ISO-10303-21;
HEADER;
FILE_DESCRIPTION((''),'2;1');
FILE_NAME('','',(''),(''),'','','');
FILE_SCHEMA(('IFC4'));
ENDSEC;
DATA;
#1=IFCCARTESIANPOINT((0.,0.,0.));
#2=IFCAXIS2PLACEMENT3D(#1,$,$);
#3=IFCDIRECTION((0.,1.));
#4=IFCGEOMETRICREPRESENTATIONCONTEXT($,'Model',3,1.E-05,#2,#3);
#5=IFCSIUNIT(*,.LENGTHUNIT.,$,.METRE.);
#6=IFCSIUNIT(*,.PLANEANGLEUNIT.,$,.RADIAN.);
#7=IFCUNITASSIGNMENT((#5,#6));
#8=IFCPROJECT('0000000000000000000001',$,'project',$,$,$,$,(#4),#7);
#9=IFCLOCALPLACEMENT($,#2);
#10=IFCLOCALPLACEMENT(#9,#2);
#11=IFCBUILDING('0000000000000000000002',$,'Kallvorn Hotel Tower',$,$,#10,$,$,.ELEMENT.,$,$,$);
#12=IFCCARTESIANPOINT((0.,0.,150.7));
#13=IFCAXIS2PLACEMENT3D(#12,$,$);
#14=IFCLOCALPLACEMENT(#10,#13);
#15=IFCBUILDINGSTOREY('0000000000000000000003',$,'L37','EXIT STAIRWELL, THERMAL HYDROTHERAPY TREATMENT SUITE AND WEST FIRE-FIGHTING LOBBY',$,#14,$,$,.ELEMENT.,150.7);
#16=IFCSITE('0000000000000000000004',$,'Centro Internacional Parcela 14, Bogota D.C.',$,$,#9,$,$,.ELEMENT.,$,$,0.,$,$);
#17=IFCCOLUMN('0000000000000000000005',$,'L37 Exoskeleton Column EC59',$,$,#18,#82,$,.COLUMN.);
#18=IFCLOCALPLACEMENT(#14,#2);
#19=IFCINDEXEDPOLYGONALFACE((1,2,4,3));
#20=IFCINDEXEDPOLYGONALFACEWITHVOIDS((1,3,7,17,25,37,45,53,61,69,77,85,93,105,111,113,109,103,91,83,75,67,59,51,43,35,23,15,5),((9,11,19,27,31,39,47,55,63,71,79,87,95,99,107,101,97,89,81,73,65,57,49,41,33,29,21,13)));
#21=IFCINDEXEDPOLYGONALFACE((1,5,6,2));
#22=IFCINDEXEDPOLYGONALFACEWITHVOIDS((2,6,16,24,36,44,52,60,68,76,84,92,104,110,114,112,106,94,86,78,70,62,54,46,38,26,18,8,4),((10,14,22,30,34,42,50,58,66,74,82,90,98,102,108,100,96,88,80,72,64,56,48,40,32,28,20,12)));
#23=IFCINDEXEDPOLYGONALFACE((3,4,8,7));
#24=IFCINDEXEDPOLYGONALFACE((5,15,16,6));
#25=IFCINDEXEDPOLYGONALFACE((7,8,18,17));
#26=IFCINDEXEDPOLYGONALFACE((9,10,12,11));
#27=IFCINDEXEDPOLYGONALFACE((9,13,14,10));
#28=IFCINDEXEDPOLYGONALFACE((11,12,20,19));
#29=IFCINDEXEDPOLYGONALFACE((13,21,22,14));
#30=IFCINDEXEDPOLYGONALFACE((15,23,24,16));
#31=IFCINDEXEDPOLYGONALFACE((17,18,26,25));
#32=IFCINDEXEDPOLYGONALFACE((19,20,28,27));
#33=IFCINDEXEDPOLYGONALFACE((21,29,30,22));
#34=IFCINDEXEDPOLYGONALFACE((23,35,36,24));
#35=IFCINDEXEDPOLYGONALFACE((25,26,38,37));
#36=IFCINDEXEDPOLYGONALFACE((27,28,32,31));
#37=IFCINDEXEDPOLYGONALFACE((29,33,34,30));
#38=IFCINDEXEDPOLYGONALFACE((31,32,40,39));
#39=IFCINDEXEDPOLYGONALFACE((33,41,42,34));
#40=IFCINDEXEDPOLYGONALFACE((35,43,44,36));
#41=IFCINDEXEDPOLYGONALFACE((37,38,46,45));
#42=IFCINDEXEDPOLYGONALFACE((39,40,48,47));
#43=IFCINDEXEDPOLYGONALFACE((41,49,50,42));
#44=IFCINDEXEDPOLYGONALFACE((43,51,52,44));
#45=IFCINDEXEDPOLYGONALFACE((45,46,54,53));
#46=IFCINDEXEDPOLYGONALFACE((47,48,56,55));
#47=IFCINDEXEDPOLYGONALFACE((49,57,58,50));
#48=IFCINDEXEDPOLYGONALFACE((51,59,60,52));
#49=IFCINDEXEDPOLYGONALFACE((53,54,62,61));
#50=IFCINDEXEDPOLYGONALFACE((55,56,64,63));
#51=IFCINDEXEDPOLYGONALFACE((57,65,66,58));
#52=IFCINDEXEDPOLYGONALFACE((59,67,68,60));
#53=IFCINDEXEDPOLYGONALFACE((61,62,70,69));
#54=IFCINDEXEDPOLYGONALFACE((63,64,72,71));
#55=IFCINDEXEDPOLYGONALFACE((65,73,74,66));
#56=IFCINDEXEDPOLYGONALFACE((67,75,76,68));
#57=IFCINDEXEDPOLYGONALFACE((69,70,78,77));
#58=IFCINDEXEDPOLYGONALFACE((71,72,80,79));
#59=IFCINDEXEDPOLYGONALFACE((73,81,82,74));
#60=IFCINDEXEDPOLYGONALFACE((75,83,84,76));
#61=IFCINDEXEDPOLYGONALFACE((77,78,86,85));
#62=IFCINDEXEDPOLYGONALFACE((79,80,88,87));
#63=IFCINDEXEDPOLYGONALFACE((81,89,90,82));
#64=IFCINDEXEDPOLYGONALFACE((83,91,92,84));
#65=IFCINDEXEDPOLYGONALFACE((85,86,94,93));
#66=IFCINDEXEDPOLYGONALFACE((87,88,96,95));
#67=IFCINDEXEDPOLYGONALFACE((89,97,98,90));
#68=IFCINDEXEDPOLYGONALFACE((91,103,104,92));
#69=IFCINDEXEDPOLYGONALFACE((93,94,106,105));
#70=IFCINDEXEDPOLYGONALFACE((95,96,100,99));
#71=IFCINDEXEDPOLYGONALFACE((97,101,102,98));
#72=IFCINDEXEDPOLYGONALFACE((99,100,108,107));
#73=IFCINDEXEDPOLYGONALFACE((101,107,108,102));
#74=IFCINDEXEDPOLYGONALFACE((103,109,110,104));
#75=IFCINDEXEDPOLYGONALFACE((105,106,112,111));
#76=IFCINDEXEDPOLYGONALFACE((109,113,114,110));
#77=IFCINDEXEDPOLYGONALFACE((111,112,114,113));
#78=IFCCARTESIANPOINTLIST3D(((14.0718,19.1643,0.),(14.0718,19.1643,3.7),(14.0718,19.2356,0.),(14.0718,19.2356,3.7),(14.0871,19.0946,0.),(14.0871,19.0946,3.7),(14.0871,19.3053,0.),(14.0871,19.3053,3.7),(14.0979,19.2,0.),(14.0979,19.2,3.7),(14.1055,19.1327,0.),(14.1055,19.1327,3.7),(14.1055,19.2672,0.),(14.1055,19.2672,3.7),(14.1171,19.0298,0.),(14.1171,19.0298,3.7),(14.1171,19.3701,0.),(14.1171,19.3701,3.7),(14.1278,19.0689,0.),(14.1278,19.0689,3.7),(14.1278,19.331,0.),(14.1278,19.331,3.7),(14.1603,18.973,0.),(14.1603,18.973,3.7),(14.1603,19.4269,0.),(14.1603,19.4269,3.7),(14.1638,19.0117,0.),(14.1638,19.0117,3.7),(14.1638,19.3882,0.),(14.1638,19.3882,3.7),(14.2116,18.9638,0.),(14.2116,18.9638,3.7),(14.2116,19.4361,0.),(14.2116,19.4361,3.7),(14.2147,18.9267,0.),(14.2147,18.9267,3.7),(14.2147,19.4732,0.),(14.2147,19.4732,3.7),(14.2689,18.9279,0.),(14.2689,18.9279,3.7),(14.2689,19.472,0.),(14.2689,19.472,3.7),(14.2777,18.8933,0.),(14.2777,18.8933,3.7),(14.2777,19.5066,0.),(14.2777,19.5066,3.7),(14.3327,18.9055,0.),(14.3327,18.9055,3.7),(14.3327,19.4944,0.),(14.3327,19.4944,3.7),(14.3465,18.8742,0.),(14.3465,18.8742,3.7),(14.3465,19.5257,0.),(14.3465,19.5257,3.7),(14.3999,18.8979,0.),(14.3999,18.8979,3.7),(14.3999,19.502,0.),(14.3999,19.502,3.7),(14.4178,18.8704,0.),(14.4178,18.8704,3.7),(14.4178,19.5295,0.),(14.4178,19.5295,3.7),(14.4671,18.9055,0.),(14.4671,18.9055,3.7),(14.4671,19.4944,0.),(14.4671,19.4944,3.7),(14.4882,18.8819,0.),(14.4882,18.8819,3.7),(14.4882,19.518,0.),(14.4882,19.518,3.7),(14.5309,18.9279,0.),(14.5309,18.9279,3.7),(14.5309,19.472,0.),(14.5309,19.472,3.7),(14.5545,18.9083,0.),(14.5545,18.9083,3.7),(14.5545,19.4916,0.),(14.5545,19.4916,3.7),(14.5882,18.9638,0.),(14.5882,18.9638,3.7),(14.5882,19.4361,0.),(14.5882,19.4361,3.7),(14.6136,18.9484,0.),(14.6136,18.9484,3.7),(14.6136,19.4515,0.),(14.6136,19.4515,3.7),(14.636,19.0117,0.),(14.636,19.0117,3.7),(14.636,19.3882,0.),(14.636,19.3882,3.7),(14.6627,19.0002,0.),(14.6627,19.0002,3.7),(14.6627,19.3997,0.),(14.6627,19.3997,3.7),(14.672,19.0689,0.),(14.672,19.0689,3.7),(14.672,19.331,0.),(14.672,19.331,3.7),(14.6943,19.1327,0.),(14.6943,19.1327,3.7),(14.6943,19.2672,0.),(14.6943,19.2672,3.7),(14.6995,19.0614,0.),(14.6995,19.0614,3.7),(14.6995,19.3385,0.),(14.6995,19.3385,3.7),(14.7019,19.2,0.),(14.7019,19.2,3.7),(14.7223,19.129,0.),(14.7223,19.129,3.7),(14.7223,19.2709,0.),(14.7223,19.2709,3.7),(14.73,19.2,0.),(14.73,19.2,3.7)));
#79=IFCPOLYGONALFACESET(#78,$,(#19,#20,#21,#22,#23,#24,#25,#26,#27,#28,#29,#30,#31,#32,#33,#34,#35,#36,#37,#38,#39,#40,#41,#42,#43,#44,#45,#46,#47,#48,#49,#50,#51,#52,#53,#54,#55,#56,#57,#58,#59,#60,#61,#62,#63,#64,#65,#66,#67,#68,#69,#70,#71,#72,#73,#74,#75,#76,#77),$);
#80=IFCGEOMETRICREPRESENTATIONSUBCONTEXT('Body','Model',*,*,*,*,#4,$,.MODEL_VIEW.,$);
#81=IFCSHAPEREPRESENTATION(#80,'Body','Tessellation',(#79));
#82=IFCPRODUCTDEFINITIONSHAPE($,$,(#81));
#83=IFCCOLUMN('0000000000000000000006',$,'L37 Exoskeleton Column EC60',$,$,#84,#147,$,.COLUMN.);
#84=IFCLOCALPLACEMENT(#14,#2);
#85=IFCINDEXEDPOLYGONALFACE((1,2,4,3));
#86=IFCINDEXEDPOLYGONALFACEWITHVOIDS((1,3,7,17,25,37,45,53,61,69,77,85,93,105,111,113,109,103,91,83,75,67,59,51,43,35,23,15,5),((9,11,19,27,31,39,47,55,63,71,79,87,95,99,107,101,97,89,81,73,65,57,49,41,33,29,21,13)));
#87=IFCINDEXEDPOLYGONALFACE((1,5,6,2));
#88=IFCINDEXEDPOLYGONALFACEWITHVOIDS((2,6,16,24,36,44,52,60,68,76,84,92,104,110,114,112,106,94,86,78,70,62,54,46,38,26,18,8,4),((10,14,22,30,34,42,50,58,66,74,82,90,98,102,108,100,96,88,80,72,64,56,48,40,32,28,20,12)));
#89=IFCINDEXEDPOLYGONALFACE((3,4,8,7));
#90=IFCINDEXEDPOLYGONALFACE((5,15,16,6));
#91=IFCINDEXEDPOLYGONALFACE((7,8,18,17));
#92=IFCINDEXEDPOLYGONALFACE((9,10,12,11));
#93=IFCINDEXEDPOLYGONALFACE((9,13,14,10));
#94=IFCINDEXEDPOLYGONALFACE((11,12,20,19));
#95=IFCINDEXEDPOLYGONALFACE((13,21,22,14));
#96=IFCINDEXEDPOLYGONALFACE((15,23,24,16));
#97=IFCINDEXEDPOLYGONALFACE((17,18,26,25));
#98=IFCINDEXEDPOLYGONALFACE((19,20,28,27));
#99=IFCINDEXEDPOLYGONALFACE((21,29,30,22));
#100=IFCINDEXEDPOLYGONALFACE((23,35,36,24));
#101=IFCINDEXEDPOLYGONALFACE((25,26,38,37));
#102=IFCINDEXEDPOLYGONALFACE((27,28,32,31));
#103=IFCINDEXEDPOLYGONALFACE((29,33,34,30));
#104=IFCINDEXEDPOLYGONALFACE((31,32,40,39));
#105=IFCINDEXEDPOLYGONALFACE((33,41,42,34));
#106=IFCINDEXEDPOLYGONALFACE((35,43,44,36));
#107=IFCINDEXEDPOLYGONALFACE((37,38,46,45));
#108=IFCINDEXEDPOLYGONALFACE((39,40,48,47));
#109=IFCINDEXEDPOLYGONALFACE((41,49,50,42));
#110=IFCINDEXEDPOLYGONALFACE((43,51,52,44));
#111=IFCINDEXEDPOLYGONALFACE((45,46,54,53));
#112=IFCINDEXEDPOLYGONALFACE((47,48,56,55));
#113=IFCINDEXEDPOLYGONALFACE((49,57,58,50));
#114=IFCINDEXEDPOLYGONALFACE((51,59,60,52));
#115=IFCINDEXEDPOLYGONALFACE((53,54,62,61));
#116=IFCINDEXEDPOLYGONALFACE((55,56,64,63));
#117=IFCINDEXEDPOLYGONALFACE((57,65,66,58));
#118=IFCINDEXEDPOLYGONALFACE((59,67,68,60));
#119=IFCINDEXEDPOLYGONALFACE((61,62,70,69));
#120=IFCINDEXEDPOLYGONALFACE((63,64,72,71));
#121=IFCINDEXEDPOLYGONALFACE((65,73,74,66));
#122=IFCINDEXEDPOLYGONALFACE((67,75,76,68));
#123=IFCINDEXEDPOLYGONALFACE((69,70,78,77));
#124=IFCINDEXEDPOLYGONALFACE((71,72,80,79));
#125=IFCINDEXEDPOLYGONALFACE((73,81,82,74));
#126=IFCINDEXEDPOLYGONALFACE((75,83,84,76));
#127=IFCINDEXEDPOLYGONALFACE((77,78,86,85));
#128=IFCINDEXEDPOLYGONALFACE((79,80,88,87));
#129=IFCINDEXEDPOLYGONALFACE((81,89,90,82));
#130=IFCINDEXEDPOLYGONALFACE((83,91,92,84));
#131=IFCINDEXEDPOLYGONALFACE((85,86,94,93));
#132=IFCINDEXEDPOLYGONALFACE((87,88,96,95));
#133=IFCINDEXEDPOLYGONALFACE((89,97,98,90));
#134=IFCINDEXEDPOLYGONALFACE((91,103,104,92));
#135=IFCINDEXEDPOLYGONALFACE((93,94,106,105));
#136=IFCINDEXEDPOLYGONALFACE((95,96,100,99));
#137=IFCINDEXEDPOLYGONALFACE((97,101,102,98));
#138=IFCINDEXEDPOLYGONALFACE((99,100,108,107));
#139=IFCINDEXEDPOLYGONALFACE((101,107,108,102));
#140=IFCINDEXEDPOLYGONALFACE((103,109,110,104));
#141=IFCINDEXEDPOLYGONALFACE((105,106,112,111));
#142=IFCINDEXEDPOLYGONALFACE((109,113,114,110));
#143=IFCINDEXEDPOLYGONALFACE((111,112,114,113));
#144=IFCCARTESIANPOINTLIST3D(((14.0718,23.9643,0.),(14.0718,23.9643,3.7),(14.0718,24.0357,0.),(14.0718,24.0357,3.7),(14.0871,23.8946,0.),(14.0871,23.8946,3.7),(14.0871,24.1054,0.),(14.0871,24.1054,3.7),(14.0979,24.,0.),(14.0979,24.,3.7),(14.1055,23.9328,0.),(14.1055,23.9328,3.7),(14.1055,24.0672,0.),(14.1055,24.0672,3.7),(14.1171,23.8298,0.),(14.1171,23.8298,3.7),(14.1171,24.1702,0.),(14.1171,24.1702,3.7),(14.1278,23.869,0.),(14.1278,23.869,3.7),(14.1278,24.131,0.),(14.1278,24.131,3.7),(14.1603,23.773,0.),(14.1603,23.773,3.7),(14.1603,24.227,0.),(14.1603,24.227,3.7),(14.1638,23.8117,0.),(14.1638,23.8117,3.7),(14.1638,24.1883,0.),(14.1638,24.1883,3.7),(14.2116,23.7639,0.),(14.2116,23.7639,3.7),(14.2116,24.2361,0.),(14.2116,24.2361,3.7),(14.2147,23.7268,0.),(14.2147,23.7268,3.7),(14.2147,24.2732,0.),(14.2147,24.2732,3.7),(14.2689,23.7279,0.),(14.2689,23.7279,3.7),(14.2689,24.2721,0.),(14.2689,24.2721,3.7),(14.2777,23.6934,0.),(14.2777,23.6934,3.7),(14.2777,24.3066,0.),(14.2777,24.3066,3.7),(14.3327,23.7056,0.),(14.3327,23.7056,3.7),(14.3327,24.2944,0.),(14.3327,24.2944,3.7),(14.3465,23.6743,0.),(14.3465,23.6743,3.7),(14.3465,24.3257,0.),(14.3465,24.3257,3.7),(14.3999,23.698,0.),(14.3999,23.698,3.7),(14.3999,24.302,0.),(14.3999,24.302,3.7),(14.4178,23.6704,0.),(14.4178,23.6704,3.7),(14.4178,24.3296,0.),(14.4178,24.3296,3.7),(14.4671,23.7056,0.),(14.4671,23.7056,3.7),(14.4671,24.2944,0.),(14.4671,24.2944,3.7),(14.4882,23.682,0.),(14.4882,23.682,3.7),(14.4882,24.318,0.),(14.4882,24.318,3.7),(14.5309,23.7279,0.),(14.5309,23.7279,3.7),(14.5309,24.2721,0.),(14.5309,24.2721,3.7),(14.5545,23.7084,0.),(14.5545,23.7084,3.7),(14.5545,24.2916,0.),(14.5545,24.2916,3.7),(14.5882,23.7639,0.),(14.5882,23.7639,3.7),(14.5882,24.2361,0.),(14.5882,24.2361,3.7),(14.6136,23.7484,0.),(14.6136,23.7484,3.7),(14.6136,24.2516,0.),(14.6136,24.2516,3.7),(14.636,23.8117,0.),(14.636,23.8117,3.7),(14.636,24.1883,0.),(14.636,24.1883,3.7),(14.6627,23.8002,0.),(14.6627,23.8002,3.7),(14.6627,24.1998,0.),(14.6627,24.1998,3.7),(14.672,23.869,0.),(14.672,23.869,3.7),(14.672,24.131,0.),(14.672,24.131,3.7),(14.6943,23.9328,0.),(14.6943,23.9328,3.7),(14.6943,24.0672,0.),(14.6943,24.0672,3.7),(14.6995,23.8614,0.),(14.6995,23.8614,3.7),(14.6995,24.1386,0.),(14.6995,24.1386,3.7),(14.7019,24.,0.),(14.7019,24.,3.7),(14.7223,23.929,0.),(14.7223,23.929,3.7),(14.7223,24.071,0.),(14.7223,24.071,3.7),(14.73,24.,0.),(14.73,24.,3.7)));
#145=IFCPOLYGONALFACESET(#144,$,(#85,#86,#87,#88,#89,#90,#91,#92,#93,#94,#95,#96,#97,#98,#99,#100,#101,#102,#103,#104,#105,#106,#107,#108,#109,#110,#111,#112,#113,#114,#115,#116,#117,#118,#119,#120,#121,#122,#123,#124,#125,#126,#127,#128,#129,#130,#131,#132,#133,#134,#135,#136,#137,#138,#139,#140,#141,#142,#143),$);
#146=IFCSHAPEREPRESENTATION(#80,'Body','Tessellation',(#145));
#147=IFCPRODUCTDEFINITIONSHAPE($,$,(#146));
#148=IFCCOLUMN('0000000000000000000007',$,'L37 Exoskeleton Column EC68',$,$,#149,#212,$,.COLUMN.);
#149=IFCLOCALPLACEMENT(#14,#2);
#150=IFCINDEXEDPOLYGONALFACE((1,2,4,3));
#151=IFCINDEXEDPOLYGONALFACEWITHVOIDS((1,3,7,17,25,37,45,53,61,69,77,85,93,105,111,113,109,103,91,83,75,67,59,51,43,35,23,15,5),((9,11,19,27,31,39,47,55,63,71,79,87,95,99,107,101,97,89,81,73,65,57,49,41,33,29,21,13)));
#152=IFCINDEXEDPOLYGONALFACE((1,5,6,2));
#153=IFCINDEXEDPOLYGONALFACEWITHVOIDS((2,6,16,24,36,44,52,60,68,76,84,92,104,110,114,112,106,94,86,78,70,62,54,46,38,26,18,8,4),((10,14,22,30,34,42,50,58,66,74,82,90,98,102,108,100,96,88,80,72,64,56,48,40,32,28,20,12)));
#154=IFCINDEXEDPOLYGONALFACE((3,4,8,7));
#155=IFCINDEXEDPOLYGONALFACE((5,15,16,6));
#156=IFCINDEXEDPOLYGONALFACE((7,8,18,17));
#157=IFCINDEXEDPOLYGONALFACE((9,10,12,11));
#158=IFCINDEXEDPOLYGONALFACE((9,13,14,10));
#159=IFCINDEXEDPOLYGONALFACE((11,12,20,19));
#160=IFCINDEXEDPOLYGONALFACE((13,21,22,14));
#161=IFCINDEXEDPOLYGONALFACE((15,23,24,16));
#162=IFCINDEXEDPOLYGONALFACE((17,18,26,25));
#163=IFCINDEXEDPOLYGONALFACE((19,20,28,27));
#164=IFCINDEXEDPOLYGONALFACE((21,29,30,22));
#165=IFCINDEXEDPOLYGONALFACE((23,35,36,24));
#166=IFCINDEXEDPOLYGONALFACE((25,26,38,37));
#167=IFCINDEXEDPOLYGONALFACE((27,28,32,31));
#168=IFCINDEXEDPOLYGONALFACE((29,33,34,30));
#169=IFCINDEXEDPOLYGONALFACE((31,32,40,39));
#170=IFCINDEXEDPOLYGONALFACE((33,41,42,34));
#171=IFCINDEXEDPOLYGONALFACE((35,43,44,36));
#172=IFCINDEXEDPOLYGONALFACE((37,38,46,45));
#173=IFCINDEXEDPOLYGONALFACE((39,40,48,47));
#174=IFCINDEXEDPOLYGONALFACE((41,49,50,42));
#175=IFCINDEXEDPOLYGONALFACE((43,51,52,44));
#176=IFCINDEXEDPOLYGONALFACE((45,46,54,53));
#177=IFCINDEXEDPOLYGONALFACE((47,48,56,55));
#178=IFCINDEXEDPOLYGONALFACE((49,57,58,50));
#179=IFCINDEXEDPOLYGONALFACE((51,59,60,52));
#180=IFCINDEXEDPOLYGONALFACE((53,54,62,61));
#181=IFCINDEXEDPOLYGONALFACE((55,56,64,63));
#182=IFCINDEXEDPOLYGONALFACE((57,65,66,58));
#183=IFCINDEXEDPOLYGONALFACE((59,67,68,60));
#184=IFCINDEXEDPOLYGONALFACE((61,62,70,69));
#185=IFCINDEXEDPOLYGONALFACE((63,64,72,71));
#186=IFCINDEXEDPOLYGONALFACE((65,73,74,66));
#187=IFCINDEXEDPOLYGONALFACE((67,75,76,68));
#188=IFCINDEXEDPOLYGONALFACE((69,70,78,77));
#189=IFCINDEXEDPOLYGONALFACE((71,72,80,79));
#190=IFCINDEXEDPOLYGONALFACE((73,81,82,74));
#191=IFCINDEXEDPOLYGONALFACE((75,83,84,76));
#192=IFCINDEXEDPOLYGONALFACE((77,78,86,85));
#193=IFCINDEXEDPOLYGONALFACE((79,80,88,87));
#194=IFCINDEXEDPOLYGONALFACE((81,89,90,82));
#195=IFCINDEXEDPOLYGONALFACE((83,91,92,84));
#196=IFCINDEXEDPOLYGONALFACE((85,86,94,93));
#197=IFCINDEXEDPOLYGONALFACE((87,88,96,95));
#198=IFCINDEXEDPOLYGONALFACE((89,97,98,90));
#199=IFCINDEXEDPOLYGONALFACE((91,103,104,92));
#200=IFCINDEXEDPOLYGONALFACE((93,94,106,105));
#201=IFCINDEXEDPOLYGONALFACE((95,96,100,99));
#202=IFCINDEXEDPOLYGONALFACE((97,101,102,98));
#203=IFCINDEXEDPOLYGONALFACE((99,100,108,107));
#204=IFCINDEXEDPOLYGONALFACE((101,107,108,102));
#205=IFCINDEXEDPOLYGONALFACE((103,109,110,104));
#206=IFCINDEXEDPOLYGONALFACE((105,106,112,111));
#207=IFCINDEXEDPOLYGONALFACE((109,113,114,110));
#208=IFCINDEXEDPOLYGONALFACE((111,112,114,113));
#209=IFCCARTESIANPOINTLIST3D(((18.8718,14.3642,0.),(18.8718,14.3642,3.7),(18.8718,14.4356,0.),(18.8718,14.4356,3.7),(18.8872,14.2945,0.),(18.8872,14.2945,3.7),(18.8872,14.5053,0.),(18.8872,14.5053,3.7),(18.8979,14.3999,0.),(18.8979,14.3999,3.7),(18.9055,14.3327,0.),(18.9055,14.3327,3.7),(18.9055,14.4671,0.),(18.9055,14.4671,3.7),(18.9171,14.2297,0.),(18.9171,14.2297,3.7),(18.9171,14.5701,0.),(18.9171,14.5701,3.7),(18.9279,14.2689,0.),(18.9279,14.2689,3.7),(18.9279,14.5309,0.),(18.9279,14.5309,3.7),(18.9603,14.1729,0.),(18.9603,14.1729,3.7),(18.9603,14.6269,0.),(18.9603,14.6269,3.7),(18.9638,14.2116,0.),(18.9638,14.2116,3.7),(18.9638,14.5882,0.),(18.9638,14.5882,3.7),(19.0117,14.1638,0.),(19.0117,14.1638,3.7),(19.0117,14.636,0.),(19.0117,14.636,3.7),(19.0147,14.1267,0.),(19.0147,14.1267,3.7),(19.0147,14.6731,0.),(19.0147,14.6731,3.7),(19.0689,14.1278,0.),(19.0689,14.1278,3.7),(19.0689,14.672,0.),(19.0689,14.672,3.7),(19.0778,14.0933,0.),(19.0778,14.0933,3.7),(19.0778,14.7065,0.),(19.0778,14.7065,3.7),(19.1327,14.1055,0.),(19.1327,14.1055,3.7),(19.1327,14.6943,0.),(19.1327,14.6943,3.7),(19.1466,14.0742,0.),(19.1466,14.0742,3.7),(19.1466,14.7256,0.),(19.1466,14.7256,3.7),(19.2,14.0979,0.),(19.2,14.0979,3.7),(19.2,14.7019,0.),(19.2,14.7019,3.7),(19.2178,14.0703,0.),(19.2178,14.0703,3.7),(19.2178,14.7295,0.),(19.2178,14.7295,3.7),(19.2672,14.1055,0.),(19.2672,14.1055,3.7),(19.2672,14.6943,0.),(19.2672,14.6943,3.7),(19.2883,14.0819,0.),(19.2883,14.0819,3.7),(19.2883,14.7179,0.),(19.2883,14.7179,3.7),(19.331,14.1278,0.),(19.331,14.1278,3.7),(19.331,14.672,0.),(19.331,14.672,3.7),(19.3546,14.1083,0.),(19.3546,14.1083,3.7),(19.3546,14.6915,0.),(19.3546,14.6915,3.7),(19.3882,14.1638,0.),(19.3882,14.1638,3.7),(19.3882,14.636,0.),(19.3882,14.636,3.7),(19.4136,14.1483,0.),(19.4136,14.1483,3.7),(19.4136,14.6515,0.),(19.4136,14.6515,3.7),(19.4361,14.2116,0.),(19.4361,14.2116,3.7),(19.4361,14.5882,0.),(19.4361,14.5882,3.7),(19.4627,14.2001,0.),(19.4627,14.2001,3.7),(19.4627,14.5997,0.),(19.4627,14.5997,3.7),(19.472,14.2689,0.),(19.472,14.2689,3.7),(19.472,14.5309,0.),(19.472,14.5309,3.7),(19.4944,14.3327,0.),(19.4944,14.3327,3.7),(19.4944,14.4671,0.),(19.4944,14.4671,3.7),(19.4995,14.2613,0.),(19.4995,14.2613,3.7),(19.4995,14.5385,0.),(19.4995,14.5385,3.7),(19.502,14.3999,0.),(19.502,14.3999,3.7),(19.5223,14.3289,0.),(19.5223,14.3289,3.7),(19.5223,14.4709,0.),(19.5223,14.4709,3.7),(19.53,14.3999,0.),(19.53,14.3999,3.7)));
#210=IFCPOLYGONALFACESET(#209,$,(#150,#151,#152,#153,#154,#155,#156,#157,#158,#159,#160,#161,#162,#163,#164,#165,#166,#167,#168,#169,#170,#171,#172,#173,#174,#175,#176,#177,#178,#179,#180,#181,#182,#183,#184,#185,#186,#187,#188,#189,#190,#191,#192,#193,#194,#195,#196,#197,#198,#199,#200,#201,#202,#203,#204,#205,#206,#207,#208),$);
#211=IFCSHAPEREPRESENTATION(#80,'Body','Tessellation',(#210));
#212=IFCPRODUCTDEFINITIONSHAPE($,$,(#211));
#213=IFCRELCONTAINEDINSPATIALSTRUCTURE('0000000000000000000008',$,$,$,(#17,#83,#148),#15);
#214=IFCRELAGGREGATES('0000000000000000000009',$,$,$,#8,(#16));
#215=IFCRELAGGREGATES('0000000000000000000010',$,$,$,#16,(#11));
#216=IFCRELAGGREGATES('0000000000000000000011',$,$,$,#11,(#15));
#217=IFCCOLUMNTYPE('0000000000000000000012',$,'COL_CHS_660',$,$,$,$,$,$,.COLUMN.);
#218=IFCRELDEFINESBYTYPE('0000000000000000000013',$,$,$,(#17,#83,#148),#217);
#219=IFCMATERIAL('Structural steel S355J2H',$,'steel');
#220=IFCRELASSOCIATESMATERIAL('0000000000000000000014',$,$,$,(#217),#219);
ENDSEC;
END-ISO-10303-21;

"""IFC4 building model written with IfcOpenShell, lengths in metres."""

from ifc_helpers import new_model, si_unit, direction, frame, origin, origin_2d, place, context, subcontext, project, spatial, hollow_circle, extrude, material, material_profile, profile_set, type_object, element, save


model = new_model("IFC4")

# Units and contexts
model_context = context("Model", 3, precision=1e-05, world=origin(), true_north=direction((0.0, 1.0)))
body_context = subcontext(model_context, "Body", "Model", "MODEL_VIEW")
ifc_project = project(units=[si_unit("LENGTHUNIT", "METRE"), si_unit("PLANEANGLEUNIT", "RADIAN")], contexts=[model_context])

# Site, building, storey
site_placement = place(None, origin())
site = spatial("IfcSite", under=ifc_project, at=site_placement, Name="Centro Internacional Parcela 14, Bogota D.C.", CompositionType="ELEMENT", RefElevation=0.0)
building_placement = place(site_placement, origin())
building = spatial("IfcBuilding", under=site, at=building_placement, Name="Kallvorn Hotel Tower", CompositionType="ELEMENT")
storey_placement = place(building_placement, frame((0.0, 0.0, 150.7)))
storey = spatial("IfcBuildingStorey", under=building, at=storey_placement, Name="L37", Description="EXIT STAIRWELL, THERMAL HYDROTHERAPY TREATMENT SUITE AND WEST FIRE-FIGHTING LOBBY", CompositionType="ELEMENT", Elevation=150.7)

# Columns
ifc_material_1 = material(Name="Structural steel S355J2H", Category="steel")
ifc_material_profile_1 = material_profile(ifc_material_1, hollow_circle(Radius=0.3301, WallThickness=0.0281, at=origin_2d()), Name="CHS 660x28")
ifc_profile_set_1 = profile_set([ifc_material_profile_1], Name="Structural steel S355J2H")
column_type_1 = type_object("IfcColumnType", Name="COL_CHS_660", PredefinedType="COLUMN", material=ifc_profile_set_1)
for number, where, z_axis, x_axis, name in (
    (1, (14.3999, 19.2, 0.0), (0.0, 0.0, 1.0), (1.0, 0.0, 0.0), "L37 Exoskeleton Column EC59"),
    (2, (14.3999, 24.0, 0.0), (0.0, 0.0, 1.0), (1.0, 0.0, 0.0), "L37 Exoskeleton Column EC60"),
    (3, (19.2, 14.3999, 0.0), (0.0, 0.0, 1.0), (1.0, 0.0, 0.0), "L37 Exoskeleton Column EC68"),
):
    element("IfcColumn", number, at=place(storey_placement, frame(where, z_axis=z_axis, x_axis=x_axis)), inside=storey, type_object=column_type_1, Name=name, PredefinedType="COLUMN", context=body_context, shape_type="SweptSolid", body=[
        extrude(hollow_circle(Radius=0.3301, WallThickness=0.0281, at=origin_2d()), origin(), (0.0, 0.0, 1.0), 3.7),
    ])

save(model, "model.ifc")
